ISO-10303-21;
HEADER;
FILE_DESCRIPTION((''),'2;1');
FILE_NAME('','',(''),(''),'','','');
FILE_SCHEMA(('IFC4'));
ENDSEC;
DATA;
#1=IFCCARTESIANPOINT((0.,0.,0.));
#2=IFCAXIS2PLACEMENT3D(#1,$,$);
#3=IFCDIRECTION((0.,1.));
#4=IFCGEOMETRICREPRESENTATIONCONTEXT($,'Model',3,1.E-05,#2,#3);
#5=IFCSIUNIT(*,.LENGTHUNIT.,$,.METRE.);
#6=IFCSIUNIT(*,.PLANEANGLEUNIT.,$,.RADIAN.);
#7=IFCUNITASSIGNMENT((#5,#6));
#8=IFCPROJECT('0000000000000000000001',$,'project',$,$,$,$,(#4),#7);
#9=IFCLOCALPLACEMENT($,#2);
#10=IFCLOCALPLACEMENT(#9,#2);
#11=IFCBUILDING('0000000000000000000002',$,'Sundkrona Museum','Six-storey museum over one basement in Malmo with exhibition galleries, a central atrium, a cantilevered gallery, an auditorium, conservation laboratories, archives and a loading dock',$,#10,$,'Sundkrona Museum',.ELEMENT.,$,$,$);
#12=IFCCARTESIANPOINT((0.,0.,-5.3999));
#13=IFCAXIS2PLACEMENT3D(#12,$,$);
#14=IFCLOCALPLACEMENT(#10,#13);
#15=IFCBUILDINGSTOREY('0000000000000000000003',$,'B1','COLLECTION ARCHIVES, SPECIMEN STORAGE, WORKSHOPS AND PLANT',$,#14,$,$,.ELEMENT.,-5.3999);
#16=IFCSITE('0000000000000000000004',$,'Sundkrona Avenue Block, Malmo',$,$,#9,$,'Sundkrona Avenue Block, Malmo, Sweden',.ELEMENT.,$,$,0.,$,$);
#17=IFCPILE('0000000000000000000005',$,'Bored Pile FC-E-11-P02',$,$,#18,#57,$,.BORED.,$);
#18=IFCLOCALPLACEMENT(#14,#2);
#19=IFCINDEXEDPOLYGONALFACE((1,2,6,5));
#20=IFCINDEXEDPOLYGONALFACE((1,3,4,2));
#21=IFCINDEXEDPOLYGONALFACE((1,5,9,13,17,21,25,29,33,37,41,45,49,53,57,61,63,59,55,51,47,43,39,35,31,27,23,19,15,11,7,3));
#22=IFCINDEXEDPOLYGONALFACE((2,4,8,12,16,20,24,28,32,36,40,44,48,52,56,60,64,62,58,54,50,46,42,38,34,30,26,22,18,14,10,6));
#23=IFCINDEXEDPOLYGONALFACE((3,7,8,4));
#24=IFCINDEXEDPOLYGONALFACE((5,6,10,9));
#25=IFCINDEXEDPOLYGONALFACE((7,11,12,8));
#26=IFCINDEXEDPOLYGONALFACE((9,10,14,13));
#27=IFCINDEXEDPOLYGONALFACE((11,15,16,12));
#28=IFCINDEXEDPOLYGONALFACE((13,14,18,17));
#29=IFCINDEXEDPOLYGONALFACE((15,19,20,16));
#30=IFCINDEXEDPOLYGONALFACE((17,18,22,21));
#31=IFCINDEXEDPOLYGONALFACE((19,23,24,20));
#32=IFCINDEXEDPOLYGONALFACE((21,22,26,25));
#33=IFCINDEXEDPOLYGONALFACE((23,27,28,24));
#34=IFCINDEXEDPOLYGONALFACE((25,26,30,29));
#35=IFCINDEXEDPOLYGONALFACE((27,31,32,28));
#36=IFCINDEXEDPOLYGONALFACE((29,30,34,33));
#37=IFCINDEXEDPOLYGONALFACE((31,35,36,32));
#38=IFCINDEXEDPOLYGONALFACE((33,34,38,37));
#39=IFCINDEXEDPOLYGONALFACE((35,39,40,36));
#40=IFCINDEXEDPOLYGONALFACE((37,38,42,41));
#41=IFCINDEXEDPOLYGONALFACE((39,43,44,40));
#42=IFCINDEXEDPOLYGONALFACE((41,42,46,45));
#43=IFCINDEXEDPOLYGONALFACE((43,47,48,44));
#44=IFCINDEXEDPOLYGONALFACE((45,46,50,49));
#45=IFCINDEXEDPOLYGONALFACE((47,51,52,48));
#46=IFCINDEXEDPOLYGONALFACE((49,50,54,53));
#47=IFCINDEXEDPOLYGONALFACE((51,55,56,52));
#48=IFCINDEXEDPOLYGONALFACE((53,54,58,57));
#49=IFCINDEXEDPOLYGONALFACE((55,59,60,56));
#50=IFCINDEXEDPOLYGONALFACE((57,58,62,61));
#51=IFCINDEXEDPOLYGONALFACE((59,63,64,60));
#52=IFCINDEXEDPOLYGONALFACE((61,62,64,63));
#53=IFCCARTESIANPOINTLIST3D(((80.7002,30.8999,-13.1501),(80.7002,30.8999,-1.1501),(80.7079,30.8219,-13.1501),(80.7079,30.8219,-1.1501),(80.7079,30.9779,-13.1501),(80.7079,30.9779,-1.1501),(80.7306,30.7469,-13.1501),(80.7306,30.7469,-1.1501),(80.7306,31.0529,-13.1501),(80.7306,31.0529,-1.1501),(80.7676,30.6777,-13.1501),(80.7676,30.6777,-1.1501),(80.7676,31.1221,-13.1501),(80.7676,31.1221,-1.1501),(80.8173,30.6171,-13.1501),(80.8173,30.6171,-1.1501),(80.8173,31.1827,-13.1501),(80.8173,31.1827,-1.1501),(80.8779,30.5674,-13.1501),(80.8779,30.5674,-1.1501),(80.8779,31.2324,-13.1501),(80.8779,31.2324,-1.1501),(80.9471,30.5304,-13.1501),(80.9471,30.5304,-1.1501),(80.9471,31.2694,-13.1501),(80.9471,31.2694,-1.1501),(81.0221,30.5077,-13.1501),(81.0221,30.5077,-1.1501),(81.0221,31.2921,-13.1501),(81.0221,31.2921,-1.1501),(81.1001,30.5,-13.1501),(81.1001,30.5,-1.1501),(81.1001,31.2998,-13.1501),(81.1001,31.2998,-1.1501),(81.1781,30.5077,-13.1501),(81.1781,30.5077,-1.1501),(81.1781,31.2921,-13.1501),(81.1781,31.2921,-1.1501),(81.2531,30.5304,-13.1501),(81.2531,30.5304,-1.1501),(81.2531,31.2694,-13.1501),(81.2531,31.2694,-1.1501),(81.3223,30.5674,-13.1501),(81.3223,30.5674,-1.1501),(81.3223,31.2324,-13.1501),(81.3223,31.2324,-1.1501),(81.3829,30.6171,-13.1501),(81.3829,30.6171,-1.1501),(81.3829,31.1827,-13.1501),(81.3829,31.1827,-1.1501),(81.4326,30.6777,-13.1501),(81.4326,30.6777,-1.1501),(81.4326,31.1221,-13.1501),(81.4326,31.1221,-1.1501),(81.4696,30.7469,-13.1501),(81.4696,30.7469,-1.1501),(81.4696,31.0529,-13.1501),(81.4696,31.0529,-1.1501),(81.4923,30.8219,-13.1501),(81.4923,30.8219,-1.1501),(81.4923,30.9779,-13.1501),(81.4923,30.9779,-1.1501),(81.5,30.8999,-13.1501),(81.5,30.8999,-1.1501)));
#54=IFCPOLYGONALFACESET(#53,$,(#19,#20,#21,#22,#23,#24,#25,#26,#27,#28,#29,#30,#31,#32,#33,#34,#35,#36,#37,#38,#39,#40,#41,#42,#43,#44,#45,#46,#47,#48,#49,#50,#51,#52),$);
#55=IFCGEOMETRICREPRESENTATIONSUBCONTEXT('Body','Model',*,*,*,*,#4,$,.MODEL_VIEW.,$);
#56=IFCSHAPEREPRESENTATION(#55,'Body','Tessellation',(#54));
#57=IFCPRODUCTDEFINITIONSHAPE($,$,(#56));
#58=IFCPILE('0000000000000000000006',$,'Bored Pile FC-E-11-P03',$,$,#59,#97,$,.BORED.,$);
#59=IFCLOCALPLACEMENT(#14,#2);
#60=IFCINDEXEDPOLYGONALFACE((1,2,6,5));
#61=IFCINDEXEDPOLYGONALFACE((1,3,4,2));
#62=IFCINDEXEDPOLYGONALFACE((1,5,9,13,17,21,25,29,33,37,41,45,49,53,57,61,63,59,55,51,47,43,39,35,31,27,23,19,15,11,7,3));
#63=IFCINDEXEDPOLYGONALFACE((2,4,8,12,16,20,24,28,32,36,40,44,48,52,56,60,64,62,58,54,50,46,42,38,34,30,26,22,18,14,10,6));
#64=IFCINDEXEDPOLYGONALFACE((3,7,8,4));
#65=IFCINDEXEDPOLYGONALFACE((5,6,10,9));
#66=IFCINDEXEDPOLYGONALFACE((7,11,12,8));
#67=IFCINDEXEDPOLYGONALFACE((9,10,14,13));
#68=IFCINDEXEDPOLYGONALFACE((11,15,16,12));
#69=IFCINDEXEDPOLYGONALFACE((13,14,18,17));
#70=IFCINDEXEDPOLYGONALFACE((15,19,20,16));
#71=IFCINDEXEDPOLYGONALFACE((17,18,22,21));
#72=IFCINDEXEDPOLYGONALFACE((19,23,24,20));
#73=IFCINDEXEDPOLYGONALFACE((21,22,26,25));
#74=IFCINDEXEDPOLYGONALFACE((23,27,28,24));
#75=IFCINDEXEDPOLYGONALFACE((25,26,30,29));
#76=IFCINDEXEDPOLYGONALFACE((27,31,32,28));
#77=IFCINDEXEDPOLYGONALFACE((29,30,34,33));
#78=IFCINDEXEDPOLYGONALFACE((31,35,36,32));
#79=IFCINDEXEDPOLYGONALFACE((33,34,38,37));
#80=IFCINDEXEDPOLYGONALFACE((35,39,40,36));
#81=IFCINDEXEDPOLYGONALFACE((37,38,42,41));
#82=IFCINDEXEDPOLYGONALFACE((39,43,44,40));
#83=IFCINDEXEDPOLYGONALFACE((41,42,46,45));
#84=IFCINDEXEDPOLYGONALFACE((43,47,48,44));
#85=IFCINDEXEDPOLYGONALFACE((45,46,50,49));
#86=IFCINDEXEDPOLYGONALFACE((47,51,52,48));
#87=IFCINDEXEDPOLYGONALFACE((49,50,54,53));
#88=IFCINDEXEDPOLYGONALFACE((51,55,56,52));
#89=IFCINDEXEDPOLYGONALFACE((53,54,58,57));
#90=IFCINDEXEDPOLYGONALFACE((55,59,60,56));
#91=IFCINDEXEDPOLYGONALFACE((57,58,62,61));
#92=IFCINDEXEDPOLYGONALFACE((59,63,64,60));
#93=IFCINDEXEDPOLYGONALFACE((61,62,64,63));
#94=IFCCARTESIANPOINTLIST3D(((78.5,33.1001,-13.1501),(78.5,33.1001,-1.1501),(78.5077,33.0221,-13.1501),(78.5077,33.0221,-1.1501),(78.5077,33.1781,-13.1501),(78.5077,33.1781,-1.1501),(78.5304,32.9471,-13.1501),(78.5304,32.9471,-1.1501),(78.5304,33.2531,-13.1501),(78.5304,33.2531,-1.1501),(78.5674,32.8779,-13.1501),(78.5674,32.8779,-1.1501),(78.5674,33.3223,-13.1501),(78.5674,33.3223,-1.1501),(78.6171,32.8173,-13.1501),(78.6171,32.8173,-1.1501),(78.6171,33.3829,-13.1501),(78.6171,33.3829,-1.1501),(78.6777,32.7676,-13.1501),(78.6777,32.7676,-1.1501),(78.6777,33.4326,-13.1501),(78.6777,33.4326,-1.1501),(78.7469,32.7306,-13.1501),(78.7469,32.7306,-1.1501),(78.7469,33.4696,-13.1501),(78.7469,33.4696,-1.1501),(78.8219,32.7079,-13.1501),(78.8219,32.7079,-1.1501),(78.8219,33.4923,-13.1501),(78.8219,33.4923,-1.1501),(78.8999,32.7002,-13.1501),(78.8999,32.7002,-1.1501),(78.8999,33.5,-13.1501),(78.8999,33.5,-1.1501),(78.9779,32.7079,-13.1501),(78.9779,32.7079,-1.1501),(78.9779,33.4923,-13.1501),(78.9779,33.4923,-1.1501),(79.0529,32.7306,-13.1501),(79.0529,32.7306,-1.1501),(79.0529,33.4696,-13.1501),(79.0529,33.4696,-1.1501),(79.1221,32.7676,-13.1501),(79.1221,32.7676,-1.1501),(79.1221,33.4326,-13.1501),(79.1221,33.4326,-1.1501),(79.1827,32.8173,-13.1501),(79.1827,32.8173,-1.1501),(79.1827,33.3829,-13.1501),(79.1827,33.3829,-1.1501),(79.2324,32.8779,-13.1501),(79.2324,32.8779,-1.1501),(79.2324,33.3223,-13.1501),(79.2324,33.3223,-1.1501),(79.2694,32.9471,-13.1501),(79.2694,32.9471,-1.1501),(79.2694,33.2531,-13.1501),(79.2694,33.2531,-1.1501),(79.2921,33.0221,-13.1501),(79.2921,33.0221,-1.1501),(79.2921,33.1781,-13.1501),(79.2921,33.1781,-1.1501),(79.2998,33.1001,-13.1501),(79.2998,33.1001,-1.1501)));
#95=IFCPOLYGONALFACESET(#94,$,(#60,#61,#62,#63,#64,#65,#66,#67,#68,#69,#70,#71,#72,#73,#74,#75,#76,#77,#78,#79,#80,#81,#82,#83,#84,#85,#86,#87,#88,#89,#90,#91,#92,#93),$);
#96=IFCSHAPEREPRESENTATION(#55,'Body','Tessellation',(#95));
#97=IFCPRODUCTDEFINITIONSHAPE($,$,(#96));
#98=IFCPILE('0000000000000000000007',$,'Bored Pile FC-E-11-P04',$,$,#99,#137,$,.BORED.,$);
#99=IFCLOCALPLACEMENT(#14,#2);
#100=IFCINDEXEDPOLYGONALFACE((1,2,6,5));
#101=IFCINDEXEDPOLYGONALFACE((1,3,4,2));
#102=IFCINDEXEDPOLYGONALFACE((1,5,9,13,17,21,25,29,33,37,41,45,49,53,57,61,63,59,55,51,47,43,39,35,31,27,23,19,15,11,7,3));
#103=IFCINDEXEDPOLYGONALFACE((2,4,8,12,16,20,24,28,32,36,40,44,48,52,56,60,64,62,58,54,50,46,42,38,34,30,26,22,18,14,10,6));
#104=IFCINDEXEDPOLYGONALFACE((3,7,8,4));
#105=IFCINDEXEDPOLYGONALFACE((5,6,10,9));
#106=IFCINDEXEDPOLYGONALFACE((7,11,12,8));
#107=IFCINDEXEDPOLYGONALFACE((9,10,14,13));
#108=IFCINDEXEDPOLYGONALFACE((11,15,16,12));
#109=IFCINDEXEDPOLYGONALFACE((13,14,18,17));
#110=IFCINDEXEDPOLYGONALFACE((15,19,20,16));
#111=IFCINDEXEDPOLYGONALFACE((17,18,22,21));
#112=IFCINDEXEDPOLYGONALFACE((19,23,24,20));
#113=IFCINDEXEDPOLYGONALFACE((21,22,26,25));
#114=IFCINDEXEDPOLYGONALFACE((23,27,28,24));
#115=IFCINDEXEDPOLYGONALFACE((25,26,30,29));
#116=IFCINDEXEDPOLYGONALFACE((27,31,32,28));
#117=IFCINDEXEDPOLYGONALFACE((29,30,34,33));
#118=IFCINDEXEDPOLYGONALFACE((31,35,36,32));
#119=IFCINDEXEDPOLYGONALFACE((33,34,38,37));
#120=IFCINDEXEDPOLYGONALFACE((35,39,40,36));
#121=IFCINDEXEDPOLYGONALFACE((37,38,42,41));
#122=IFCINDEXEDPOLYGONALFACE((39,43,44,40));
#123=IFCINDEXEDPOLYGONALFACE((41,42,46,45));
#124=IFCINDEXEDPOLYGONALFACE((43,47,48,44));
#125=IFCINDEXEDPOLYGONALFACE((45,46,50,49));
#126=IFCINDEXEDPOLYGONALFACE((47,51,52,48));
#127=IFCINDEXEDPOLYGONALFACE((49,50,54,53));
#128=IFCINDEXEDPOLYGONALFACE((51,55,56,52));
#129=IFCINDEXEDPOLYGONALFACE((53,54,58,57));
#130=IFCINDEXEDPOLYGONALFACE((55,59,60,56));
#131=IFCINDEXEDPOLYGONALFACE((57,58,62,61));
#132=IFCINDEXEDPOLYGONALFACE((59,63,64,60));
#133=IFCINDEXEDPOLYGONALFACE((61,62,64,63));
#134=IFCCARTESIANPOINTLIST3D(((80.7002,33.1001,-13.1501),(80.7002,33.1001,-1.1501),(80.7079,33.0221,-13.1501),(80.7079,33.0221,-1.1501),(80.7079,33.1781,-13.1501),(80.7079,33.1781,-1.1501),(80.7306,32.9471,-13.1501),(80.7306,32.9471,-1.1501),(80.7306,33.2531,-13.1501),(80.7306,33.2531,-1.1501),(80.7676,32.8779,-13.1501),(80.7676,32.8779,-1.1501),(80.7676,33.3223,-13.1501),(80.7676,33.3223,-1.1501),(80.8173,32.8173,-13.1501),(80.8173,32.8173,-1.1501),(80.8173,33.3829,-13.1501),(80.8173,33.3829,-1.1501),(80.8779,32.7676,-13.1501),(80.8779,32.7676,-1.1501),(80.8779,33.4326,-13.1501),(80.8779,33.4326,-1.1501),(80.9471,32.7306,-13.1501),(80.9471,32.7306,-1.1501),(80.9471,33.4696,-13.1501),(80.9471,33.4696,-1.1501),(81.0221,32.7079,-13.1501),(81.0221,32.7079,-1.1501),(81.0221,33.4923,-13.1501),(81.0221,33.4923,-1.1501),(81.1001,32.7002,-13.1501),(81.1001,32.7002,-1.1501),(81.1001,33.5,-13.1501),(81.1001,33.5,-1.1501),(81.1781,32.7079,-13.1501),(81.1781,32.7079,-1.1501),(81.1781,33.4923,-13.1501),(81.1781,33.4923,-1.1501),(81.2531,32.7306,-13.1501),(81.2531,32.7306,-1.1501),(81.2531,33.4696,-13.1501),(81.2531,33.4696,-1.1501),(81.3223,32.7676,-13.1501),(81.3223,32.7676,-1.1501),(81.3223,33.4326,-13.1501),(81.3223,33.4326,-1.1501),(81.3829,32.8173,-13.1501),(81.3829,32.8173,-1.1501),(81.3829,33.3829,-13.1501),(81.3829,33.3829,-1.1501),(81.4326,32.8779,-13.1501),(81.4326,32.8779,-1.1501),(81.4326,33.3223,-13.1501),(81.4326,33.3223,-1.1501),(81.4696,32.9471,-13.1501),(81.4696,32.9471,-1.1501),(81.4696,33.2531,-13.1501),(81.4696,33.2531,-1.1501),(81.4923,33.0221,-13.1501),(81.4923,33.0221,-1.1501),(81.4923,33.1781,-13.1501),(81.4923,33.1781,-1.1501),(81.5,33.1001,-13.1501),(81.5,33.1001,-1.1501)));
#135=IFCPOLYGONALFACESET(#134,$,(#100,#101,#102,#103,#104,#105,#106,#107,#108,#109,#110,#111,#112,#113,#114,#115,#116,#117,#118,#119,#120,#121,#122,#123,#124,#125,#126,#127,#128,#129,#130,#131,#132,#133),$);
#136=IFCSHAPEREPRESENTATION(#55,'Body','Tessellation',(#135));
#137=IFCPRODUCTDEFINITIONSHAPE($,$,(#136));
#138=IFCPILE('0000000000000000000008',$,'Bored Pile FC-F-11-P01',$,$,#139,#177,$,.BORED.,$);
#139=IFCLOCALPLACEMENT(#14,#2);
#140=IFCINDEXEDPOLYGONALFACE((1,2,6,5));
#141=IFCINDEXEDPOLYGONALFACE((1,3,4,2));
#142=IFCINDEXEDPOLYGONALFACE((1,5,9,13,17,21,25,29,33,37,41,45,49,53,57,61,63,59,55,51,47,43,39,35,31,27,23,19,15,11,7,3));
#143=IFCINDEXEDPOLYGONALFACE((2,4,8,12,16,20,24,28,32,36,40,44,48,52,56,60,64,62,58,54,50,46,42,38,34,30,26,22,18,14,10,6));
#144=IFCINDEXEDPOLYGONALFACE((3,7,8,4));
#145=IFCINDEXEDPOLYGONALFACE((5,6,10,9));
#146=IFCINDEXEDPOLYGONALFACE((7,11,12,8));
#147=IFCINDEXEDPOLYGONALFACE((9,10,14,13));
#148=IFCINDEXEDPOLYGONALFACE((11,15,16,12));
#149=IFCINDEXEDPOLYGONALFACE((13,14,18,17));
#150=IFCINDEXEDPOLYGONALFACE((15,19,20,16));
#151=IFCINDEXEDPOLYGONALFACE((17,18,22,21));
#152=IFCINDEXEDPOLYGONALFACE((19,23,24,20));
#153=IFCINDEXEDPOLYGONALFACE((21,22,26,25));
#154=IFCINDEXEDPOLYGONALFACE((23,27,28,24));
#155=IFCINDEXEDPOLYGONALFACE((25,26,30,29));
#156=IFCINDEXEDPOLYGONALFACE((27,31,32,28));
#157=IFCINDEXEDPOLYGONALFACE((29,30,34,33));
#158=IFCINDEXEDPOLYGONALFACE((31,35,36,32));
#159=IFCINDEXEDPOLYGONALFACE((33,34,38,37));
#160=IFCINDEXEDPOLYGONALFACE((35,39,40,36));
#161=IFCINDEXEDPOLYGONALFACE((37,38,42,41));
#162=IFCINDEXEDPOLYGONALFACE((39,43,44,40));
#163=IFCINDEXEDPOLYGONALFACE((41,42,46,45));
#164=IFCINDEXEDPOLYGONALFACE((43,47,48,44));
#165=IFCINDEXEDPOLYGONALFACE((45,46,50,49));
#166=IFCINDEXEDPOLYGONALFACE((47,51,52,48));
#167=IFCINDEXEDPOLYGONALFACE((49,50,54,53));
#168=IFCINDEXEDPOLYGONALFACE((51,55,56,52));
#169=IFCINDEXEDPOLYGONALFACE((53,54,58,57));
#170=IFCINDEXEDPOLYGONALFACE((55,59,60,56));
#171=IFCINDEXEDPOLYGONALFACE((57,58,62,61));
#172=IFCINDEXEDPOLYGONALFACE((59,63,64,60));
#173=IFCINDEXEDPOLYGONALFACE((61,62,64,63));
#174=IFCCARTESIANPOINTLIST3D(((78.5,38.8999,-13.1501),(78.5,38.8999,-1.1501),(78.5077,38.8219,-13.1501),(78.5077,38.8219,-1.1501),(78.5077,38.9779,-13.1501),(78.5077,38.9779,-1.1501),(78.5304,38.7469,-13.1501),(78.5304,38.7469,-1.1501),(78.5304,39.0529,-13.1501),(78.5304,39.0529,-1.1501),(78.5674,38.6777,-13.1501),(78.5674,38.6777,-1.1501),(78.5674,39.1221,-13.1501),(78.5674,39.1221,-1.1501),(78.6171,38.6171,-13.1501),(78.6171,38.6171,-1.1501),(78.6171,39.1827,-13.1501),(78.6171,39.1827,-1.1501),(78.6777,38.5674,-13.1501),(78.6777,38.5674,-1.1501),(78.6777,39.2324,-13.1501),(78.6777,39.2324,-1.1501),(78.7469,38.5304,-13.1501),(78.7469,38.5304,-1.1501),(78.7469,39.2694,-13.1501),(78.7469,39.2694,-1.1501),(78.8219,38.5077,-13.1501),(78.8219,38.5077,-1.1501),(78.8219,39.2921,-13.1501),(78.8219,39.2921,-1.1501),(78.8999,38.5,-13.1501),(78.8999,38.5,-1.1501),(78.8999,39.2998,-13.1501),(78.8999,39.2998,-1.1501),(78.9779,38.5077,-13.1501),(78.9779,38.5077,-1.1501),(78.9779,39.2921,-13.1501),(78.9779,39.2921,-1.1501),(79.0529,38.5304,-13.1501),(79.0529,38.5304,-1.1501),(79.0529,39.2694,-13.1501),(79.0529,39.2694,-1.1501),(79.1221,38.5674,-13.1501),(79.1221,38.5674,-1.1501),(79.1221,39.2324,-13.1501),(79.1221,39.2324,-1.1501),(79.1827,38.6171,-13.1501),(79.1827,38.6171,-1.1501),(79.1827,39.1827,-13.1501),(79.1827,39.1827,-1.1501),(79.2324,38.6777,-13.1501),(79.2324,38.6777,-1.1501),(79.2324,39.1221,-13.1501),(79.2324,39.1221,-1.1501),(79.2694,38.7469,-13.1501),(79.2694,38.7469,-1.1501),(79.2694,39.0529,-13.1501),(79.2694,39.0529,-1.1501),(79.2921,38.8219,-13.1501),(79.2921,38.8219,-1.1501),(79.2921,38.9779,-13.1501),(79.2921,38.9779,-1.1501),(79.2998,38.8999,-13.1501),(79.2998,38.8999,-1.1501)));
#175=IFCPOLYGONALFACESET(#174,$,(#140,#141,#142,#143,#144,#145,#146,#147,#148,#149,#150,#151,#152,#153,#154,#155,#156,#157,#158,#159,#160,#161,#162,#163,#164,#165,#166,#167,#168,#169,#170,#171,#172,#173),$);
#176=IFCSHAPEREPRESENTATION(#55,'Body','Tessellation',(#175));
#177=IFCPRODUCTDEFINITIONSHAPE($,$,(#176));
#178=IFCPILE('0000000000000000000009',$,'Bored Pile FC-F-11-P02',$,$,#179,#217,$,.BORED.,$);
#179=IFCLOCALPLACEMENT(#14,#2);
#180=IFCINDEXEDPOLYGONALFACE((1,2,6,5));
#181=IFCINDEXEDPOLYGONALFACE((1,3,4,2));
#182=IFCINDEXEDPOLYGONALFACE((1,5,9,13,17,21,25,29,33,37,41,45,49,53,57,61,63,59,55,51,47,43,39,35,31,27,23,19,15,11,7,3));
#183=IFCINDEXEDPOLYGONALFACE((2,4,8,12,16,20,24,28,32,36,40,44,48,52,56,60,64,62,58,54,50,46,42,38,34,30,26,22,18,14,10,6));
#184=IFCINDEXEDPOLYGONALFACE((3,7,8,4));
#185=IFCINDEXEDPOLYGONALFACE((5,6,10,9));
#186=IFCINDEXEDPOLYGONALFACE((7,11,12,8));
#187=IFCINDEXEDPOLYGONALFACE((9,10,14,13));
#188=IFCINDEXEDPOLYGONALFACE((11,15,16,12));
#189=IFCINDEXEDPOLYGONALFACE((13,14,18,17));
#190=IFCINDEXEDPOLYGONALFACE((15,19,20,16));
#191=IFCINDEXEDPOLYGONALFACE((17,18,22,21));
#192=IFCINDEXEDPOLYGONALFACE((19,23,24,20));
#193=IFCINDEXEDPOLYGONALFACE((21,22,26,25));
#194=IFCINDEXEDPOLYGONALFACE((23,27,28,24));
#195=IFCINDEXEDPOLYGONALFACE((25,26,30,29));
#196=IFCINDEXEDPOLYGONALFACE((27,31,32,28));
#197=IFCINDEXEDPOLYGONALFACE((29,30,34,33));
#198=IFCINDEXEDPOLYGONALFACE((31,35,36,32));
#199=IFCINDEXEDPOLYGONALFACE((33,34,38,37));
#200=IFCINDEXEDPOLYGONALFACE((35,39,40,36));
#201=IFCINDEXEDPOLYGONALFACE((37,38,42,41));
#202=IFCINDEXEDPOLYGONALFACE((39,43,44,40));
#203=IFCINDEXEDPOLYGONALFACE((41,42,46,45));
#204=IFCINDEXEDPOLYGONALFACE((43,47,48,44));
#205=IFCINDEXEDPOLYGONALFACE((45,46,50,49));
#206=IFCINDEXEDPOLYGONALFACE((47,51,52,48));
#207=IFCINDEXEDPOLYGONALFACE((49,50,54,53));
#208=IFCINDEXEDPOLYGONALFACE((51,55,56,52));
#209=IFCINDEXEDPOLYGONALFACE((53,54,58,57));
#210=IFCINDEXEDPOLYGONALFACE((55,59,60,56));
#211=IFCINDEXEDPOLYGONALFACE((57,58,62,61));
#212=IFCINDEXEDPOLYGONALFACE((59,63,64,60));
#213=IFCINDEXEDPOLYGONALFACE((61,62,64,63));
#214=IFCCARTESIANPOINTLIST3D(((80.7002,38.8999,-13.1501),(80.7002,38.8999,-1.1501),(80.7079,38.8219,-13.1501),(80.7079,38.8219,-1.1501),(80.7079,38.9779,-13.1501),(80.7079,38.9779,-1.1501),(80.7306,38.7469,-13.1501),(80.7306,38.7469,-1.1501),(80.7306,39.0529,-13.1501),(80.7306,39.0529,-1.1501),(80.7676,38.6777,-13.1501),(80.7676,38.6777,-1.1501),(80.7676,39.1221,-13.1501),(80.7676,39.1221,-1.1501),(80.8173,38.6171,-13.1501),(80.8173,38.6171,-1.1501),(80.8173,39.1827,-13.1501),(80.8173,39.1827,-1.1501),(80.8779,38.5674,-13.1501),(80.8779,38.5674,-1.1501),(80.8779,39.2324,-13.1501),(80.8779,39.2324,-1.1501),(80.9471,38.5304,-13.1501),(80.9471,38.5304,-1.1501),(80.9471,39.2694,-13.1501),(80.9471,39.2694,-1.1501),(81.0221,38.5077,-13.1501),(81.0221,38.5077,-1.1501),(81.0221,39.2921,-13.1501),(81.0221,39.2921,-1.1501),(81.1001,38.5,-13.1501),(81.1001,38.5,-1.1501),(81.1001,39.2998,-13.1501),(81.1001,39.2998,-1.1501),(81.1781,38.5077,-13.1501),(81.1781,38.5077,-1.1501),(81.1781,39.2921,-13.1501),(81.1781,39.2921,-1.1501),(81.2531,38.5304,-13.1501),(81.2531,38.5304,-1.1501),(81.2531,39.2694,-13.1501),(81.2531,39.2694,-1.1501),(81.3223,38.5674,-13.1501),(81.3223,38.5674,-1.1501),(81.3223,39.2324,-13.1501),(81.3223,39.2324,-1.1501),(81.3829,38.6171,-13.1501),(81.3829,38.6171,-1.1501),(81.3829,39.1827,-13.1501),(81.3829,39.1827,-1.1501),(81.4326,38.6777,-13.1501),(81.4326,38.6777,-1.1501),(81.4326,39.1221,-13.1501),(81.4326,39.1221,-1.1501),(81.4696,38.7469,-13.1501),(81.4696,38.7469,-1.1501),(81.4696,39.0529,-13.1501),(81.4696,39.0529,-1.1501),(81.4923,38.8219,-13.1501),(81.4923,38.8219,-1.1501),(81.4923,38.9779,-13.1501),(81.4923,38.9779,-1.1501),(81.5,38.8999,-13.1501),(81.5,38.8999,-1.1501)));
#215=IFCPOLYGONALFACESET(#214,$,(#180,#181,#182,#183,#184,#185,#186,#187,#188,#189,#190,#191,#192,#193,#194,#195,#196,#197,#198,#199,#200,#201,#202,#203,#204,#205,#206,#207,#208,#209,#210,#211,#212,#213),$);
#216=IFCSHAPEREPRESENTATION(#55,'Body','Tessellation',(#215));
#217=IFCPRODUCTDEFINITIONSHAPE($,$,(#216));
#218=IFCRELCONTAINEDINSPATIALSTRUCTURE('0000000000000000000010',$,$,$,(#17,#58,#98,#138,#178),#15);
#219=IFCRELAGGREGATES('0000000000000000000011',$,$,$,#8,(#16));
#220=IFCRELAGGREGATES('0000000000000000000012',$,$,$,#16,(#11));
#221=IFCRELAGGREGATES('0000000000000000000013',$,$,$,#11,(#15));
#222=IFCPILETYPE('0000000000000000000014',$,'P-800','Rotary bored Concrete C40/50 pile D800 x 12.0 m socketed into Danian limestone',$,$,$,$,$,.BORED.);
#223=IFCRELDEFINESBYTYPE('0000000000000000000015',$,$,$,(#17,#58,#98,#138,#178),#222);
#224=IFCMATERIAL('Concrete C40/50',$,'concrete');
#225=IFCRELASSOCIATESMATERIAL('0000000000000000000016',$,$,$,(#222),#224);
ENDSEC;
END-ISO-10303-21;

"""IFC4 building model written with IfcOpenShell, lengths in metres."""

from ifc_helpers import new_model, si_unit, direction, frame, origin, origin_2d, place, context, subcontext, project, spatial, circle, extrude, material, material_profile, profile_set, type_object, element, save


model = new_model("IFC4")

# Units and contexts
model_context = context("Model", 3, precision=1e-05, world=origin(), true_north=direction((0.0, 1.0)))
body_context = subcontext(model_context, "Body", "Model", "MODEL_VIEW")
ifc_project = project(units=[si_unit("LENGTHUNIT", "METRE"), si_unit("PLANEANGLEUNIT", "RADIAN")], contexts=[model_context])

# Site, building, storey
site_placement = place(None, origin())
site = spatial("IfcSite", under=ifc_project, at=site_placement, Name="Sundkrona Avenue Block, Malmo", LongName="Sundkrona Avenue Block, Malmo, Sweden", CompositionType="ELEMENT", RefElevation=0.0)
building_placement = place(site_placement, origin())
building = spatial("IfcBuilding", under=site, at=building_placement, Name="Sundkrona Museum", Description="Six-storey museum over one basement in Malmo with exhibition galleries, a central atrium, a cantilevered gallery, an auditorium, conservation laboratories, archives and a loading dock", LongName="Sundkrona Museum", CompositionType="ELEMENT")
storey_placement = place(building_placement, frame((0.0, 0.0, -5.3999)))
storey = spatial("IfcBuildingStorey", under=building, at=storey_placement, Name="B1", Description="COLLECTION ARCHIVES, SPECIMEN STORAGE, WORKSHOPS AND PLANT", CompositionType="ELEMENT", Elevation=-5.3999)

# Shared definitions
ifc_material_1 = material(Name="Concrete C40/50", Category="concrete")

# Piles
ifc_material_profile_1 = material_profile(ifc_material_1, circle(Radius=0.3999, at=origin_2d()), Name="PILE D800")
ifc_profile_set_1 = profile_set([ifc_material_profile_1], Name="Concrete C40/50")
pile_type = type_object("IfcPileType", Name="P-800", Description="Rotary bored Concrete C40/50 pile D800 x 12.0 m socketed into Danian limestone", PredefinedType="BORED", material=ifc_profile_set_1)
for number, where, z_axis, x_axis, name in (
    (1, (81.1001, 30.8999, -1.1501), (0.0, 0.0, -1.0), (1.0, 0.0, 0.0), "Bored Pile FC-E-11-P02"),
    (2, (78.8999, 33.1001, -1.1501), (0.0, 0.0, -1.0), (1.0, 0.0, 0.0), "Bored Pile FC-E-11-P03"),
    (3, (81.1001, 33.1001, -1.1501), (0.0, 0.0, -1.0), (1.0, 0.0, 0.0), "Bored Pile FC-E-11-P04"),
    (4, (78.8999, 38.8999, -1.1501), (0.0, 0.0, -1.0), (1.0, 0.0, 0.0), "Bored Pile FC-F-11-P01"),
    (5, (81.1001, 38.8999, -1.1501), (0.0, 0.0, -1.0), (1.0, 0.0, 0.0), "Bored Pile FC-F-11-P02"),
):
    element("IfcPile", number, at=place(storey_placement, frame(where, z_axis=z_axis, x_axis=x_axis)), inside=storey, type_object=pile_type, Name=name, PredefinedType="BORED", context=body_context, shape_type="SweptSolid", body=[
        extrude(circle(Radius=0.3999, at=origin_2d()), origin(), (0.0, 0.0, 1.0), 12.0),
    ])

save(model, "model.ifc")
